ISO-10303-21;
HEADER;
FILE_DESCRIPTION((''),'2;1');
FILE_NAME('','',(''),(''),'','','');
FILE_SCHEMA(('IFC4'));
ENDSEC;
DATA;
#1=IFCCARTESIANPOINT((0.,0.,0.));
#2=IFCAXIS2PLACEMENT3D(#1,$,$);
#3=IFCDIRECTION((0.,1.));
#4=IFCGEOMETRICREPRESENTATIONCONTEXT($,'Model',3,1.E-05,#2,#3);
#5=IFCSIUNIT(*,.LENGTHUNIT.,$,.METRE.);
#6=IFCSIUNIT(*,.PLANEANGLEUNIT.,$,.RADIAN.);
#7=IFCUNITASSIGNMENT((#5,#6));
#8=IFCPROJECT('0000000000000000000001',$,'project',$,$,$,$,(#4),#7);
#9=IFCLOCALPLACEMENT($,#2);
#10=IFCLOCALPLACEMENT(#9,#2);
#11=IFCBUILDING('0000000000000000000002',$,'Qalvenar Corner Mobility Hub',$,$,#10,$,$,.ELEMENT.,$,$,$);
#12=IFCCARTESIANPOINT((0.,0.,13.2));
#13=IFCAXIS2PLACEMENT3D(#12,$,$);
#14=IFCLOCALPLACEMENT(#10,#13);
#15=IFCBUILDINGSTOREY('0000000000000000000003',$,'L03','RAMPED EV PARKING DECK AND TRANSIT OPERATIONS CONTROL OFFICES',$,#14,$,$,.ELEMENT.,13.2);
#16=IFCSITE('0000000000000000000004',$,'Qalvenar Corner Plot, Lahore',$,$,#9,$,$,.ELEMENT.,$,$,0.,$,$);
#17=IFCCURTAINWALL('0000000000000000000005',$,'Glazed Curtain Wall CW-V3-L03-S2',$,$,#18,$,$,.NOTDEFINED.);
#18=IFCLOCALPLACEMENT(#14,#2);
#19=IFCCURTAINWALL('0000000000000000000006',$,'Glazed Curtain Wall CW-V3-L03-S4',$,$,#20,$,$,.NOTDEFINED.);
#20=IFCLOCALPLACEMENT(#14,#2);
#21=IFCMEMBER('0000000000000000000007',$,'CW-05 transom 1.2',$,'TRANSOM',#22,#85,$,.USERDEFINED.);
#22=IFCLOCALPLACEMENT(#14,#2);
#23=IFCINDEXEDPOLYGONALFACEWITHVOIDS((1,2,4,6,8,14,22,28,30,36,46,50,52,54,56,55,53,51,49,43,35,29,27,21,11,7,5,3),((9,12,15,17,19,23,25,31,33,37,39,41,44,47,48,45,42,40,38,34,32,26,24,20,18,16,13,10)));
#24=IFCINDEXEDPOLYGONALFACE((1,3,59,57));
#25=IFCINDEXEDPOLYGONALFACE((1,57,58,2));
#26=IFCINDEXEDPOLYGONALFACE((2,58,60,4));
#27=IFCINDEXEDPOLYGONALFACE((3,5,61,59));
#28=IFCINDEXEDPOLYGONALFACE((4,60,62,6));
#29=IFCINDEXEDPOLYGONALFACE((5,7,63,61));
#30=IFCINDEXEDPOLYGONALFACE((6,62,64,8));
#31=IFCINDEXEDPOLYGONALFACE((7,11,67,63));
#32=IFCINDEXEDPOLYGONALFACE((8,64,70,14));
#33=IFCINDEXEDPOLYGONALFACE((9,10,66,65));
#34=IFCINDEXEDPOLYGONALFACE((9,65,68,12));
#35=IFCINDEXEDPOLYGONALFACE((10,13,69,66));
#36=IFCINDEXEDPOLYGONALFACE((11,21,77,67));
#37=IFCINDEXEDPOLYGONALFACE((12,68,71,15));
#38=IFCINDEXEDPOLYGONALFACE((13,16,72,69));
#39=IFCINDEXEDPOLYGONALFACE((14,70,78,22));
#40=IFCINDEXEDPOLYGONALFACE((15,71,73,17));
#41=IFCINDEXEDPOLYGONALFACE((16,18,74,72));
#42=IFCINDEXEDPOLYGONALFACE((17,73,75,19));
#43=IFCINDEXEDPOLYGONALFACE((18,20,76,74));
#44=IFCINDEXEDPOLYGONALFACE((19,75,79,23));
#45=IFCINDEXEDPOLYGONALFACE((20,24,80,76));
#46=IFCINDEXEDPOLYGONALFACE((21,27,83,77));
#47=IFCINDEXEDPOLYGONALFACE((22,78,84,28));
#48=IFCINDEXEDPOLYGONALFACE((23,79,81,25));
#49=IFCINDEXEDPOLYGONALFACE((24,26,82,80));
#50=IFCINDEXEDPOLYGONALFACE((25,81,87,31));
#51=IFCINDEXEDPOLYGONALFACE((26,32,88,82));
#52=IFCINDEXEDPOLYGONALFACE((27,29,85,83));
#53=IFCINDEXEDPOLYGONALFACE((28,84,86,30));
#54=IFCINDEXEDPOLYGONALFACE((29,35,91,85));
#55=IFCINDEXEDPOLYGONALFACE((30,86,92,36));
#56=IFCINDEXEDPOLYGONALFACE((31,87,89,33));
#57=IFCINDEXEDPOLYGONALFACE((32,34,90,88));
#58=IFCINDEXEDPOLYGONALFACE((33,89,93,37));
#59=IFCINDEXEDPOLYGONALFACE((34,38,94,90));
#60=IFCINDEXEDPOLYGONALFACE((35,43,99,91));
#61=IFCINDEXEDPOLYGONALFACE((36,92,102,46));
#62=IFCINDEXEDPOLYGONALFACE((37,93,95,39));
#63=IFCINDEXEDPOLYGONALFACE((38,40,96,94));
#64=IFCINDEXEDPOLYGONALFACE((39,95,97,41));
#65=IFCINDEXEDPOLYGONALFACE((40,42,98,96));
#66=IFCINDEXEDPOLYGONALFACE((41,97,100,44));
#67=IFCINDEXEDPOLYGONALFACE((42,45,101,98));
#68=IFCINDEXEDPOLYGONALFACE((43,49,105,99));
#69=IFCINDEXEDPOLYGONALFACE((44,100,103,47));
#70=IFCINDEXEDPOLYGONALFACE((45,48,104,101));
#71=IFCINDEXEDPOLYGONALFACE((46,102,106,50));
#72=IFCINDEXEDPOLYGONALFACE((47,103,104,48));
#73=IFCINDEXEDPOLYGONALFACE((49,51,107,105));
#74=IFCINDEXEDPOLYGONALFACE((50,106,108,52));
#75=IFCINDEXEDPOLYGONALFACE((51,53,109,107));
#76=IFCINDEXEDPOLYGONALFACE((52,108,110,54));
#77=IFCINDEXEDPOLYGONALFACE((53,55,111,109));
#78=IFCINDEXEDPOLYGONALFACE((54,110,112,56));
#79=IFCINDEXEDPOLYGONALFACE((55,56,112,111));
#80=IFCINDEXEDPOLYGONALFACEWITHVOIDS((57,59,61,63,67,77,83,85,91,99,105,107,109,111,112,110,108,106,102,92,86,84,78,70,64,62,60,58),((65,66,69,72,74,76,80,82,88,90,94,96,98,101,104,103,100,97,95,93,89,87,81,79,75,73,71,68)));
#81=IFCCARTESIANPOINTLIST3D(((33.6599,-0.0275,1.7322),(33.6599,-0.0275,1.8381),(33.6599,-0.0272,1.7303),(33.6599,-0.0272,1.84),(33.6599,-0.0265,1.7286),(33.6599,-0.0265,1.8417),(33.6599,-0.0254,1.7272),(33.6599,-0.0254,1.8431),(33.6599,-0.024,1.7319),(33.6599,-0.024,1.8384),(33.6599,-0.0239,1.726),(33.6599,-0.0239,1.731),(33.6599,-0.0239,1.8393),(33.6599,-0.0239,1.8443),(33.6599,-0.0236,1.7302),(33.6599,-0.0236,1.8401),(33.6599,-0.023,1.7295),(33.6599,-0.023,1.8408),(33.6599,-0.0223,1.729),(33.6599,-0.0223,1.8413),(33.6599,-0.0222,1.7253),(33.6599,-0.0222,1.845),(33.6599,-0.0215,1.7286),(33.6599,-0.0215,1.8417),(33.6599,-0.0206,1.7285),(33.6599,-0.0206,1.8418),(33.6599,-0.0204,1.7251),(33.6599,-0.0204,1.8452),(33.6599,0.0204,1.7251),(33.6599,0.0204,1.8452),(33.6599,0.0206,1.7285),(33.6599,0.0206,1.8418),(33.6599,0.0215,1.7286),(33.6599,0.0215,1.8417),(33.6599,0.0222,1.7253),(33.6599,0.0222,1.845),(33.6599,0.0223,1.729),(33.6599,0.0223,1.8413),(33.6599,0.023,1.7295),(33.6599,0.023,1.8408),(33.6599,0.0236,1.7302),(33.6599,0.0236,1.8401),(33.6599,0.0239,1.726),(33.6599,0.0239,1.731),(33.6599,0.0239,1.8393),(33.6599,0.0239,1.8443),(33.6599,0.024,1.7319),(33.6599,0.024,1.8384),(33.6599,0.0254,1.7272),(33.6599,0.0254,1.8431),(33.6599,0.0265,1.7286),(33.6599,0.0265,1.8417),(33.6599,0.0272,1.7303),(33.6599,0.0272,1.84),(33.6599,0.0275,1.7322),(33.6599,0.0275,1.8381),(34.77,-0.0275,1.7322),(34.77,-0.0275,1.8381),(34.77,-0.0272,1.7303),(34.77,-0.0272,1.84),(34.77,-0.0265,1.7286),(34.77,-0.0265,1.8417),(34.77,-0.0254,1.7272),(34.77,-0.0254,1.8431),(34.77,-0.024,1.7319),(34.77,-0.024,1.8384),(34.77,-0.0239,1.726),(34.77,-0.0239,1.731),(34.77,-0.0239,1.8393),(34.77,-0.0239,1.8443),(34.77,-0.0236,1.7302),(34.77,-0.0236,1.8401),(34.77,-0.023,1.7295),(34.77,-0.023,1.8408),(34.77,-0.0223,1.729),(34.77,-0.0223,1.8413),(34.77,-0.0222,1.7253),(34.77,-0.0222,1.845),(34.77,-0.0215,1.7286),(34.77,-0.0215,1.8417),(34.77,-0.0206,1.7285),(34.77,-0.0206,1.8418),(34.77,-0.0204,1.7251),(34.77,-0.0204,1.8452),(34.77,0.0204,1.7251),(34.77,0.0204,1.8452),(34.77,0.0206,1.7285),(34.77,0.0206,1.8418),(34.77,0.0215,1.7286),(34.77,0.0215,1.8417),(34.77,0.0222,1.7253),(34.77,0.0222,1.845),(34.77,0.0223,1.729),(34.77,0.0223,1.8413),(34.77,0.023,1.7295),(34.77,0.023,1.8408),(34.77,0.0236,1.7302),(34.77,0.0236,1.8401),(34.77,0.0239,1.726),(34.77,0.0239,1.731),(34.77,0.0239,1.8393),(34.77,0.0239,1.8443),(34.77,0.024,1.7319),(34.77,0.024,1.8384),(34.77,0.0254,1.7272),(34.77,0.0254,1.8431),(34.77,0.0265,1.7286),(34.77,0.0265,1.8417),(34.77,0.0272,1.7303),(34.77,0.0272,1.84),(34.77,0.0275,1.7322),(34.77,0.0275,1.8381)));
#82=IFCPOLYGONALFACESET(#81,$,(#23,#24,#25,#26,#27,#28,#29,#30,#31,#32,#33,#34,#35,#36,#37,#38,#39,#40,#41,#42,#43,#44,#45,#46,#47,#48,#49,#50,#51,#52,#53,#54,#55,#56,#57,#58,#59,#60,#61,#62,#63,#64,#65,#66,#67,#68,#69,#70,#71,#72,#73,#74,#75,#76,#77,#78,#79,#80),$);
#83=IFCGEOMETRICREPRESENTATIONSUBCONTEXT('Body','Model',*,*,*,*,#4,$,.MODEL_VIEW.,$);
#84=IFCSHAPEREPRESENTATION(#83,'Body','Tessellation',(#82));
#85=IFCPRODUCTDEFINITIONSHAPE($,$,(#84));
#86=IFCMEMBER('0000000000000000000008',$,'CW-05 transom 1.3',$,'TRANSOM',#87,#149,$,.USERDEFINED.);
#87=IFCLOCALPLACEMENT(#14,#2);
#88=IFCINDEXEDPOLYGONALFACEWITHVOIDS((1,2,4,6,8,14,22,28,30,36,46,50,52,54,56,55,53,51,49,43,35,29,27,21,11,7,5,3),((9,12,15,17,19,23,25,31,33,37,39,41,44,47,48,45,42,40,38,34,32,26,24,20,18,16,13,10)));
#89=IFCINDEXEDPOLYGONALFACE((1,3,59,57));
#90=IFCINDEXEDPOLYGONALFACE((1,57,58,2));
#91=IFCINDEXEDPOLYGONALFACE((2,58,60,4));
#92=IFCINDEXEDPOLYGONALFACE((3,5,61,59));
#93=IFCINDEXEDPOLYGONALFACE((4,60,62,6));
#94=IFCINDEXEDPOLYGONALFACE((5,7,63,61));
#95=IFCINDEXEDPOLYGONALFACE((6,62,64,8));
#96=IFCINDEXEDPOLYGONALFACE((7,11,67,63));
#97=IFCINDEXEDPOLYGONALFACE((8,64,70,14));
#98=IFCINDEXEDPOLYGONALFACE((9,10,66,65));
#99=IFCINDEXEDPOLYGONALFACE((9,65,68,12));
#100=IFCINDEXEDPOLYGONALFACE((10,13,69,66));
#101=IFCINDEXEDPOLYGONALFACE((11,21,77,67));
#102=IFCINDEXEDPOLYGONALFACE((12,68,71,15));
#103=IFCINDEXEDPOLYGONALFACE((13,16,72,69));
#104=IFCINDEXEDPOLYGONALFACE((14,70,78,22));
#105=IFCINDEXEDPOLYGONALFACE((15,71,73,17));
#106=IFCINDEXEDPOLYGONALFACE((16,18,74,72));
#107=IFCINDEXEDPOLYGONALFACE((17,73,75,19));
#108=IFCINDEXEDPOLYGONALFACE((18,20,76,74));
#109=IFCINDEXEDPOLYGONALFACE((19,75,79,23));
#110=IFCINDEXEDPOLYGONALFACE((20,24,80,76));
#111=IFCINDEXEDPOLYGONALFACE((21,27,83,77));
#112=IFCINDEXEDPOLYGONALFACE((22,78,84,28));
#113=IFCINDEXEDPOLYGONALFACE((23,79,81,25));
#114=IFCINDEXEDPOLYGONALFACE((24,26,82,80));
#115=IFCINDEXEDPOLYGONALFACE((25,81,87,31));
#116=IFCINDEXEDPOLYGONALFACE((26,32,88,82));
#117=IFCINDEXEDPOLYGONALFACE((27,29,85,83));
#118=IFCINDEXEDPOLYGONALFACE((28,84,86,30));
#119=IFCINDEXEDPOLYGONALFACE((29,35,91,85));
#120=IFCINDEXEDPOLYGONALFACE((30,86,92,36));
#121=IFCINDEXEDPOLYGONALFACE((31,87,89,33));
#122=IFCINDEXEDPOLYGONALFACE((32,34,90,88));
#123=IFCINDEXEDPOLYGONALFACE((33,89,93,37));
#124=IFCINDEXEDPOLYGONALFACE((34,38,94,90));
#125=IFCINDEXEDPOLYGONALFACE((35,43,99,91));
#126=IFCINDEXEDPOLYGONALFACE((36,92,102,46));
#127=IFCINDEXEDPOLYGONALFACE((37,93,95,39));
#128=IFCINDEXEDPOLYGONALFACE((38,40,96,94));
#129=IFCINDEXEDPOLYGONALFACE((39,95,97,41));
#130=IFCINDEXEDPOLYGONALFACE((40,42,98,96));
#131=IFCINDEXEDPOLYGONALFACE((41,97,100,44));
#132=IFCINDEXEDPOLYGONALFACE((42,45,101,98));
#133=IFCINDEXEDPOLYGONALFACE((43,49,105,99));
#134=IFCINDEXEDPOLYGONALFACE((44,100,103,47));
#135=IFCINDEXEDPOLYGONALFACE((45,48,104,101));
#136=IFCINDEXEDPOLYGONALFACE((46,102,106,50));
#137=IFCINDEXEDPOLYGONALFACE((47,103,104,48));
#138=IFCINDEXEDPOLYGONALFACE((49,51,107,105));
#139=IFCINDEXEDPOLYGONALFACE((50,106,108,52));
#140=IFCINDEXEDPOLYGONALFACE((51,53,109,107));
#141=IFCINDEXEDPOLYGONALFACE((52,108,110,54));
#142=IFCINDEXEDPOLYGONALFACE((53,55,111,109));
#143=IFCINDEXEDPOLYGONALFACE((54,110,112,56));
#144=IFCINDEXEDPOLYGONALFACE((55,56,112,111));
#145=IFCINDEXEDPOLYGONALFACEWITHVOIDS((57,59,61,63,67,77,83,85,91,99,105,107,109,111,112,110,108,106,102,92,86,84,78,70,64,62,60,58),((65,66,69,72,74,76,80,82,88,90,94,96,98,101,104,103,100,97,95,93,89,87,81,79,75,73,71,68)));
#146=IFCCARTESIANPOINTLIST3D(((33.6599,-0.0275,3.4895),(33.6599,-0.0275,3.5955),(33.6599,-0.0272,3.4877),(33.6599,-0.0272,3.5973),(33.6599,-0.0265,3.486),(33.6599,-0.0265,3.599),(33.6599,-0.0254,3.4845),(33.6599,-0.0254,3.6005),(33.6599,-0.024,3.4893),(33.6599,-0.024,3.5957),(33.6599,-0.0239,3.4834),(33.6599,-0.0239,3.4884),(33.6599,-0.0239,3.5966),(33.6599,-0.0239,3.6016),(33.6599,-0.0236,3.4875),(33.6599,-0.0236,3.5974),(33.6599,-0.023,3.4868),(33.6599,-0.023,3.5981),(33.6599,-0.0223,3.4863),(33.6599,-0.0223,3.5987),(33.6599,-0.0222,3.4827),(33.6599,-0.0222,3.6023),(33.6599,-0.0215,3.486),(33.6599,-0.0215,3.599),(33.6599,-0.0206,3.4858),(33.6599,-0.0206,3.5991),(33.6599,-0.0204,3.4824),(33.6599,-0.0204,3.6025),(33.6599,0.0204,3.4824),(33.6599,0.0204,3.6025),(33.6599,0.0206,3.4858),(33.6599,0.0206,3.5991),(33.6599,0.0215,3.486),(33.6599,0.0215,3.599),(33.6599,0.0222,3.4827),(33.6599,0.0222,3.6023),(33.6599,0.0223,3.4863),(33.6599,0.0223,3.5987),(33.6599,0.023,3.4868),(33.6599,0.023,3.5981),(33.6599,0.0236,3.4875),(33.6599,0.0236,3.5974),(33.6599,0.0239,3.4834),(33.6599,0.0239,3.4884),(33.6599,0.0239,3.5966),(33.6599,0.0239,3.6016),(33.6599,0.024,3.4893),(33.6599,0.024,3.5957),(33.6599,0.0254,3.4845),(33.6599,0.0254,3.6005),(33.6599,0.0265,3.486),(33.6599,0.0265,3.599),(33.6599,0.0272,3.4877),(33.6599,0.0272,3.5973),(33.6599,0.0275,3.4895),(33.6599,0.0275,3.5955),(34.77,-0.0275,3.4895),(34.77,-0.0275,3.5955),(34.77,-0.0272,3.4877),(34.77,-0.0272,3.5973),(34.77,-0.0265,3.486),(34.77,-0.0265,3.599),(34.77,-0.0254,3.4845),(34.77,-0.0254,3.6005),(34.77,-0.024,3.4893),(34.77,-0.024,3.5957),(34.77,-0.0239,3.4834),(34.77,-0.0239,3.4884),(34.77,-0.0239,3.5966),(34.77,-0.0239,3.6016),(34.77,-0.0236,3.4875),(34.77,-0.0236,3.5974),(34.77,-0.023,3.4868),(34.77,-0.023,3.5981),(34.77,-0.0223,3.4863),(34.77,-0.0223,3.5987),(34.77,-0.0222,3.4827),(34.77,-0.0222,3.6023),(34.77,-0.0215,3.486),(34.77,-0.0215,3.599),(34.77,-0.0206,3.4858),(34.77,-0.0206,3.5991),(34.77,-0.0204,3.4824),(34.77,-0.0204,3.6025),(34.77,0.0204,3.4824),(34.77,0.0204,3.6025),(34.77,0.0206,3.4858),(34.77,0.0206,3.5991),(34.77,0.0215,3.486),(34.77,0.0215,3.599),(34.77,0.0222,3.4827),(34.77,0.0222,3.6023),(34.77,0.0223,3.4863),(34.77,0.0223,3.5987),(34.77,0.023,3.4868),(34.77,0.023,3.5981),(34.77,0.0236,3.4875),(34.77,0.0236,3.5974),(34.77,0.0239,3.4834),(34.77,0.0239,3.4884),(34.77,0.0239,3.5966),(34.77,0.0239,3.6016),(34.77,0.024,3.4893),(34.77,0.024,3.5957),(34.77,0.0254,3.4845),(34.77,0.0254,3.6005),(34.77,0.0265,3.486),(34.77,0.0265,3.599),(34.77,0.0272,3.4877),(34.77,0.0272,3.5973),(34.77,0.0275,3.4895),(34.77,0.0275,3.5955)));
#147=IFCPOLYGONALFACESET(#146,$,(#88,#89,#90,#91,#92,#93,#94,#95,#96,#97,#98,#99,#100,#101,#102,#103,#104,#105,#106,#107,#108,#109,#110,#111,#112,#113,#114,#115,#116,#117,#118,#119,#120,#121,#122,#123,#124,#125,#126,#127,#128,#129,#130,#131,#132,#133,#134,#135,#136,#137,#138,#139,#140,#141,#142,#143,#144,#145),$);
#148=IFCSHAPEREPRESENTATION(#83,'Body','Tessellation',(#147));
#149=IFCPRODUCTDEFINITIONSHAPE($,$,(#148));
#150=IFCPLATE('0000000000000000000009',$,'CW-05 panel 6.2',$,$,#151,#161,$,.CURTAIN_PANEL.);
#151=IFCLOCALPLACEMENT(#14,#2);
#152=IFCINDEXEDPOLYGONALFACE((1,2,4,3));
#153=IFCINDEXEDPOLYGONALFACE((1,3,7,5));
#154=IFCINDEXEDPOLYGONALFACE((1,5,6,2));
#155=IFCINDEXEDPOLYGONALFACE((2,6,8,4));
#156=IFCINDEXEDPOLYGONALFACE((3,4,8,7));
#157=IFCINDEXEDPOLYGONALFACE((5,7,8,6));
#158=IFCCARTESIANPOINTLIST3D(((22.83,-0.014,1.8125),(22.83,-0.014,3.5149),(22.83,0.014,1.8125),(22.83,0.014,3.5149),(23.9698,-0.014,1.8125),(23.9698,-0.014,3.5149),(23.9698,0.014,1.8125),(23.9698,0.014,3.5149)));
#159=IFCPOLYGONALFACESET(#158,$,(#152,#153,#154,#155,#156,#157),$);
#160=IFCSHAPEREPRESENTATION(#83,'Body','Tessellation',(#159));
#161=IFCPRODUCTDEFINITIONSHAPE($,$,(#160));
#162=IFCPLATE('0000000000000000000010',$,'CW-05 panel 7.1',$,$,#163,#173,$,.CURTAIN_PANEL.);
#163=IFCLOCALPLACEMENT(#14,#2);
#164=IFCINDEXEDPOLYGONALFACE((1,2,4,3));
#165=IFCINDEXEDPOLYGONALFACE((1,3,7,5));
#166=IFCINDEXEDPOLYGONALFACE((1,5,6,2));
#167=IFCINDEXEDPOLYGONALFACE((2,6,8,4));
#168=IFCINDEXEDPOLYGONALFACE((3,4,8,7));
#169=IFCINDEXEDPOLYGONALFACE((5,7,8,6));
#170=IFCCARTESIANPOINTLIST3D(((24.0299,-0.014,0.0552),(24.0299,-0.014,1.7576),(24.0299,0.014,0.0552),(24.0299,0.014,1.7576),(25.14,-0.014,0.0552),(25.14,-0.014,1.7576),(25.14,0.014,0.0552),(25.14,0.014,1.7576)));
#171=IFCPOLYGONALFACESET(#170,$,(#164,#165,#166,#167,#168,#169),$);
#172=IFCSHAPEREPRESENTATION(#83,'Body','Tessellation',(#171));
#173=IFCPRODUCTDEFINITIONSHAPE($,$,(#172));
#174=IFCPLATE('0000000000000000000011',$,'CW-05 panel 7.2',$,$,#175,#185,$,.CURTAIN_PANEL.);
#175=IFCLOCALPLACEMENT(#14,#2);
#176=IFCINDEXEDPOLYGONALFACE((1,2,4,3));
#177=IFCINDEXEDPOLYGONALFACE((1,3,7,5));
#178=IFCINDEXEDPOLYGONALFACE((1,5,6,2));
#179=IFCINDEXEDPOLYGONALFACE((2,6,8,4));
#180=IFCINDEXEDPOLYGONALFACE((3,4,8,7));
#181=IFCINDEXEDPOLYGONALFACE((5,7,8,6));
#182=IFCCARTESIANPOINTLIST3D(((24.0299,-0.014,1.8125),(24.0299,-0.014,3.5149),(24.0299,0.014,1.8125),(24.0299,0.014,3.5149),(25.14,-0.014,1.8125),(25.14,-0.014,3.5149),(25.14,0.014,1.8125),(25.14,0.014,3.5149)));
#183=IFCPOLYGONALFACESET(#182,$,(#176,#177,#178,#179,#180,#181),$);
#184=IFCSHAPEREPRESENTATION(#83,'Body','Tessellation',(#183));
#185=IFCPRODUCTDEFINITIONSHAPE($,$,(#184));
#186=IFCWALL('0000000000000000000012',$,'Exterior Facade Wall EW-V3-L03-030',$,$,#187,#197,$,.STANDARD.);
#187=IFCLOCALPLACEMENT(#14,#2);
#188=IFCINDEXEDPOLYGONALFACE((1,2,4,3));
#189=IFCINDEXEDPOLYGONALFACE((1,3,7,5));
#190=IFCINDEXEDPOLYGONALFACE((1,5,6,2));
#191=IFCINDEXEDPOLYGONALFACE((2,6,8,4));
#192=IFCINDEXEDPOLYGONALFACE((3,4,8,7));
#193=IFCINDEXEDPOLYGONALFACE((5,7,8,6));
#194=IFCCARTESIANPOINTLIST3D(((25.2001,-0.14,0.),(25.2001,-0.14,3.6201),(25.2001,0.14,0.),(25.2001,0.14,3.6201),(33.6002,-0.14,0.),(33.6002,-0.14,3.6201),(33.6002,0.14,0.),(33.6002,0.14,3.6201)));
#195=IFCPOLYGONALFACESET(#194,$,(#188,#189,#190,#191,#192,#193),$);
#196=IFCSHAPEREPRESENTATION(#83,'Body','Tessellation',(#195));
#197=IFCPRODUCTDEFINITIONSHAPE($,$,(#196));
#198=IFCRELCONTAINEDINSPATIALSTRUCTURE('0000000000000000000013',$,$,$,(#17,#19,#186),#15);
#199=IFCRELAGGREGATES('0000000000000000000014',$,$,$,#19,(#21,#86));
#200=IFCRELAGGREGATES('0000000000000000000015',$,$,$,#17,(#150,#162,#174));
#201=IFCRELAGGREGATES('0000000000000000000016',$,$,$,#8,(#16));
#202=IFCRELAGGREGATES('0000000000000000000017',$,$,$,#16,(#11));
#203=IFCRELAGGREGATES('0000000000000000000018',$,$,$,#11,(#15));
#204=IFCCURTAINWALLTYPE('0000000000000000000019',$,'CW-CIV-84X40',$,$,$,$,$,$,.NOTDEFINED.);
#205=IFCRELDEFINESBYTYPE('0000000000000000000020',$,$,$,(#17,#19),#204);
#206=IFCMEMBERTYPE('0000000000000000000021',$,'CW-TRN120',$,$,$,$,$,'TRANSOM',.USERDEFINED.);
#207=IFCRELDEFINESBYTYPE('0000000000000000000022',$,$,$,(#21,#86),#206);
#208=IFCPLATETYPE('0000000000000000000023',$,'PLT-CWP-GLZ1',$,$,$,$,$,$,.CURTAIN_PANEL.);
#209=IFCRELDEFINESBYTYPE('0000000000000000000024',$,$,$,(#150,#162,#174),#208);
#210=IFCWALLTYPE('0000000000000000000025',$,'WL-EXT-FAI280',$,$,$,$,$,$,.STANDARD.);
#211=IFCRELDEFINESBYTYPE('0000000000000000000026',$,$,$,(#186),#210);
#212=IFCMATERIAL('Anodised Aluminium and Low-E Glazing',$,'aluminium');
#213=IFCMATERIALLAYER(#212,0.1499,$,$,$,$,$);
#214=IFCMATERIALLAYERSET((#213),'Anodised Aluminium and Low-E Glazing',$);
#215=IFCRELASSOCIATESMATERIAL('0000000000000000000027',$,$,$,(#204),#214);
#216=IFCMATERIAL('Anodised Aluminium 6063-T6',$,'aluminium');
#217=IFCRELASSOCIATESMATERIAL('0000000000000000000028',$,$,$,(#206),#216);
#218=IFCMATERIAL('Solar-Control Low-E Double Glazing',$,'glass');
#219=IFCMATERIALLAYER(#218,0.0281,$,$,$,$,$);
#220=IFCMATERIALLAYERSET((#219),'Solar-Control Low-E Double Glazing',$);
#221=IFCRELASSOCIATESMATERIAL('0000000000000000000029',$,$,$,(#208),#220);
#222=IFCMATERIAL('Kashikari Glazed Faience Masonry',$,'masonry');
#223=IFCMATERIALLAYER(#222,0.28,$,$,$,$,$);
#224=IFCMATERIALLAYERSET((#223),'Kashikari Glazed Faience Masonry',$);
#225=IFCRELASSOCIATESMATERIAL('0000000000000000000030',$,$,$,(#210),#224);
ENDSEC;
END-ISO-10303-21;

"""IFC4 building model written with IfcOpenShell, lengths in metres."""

from ifc_helpers import new_model, si_unit, direction, frame, frame_2d, origin, origin_2d, place, context, subcontext, project, spatial, rectangle, hollow_rectangle, extrude, material, layer, layer_set, material_profile, profile_set, type_object, element, aggregate, save


model = new_model("IFC4")

# Units and contexts
model_context = context("Model", 3, precision=1e-05, world=origin(), true_north=direction((0.0, 1.0)))
body_context = subcontext(model_context, "Body", "Model", "MODEL_VIEW")
ifc_project = project(units=[si_unit("LENGTHUNIT", "METRE"), si_unit("PLANEANGLEUNIT", "RADIAN")], contexts=[model_context])

# Site, building, storey
site_placement = place(None, origin())
site = spatial("IfcSite", under=ifc_project, at=site_placement, Name="Qalvenar Corner Plot, Lahore", CompositionType="ELEMENT", RefElevation=0.0)
building_placement = place(site_placement, origin())
building = spatial("IfcBuilding", under=site, at=building_placement, Name="Qalvenar Corner Mobility Hub", CompositionType="ELEMENT")
storey_placement = place(building_placement, frame((0.0, 0.0, 13.2)))
storey = spatial("IfcBuildingStorey", under=building, at=storey_placement, Name="L03", Description="RAMPED EV PARKING DECK AND TRANSIT OPERATIONS CONTROL OFFICES", CompositionType="ELEMENT", Elevation=13.2)

# Curtain wall
ifc_material_1 = material(Name="Anodised Aluminium and Low-E Glazing", Category="aluminium")
ifc_layer_1 = layer(ifc_material_1, 0.1499)
ifc_layer_set_1 = layer_set([ifc_layer_1], Name="Anodised Aluminium and Low-E Glazing")
curtain_wall_type = type_object("IfcCurtainWallType", Name="CW-CIV-84X40", PredefinedType="NOTDEFINED", material=ifc_layer_set_1)
curtain_wall_1_placement = place(storey_placement, origin())
curtain_wall_1 = element("IfcCurtainWall", 1, at=curtain_wall_1_placement, inside=storey, type_object=curtain_wall_type, Name="Glazed Curtain Wall CW-V3-L03-S2", PredefinedType="NOTDEFINED")
ifc_material_2 = material(Name="Anodised Aluminium 6063-T6", Category="aluminium")

# Curtain wall
curtain_wall_2_placement = place(storey_placement, origin())
curtain_wall_2 = element("IfcCurtainWall", 2, at=curtain_wall_2_placement, inside=storey, type_object=curtain_wall_type, Name="Glazed Curtain Wall CW-V3-L03-S4", PredefinedType="NOTDEFINED")

# Members
ifc_material_profile_1 = material_profile(ifc_material_2, hollow_rectangle(XDim=0.0549, YDim=0.1201, WallThickness=0.0034, InnerFilletRadius=0.0034, OuterFilletRadius=0.0071, at=origin_2d()), Name="RHS120x55x3.5")
ifc_profile_set_1 = profile_set([ifc_material_profile_1], Name="Anodised Aluminium 6063-T6")
member_type_1 = type_object("IfcMemberType", Name="CW-TRN120", ElementType="TRANSOM", PredefinedType="USERDEFINED", material=ifc_profile_set_1)
member_1_placement = place(storey_placement, frame((33.6599, 0.0, 1.7852), z_axis=(1.0, 0.0, 0.0), x_axis=(0.0, 1.0, 0.0)))
member_1 = element("IfcMember", 3, at=member_1_placement, type_object=member_type_1, Name="CW-05 transom 1.2", ObjectType="TRANSOM", PredefinedType="USERDEFINED", context=body_context, shape_type="SweptSolid", body=[
    extrude(hollow_rectangle(XDim=0.0549, YDim=0.1201, WallThickness=0.0034, InnerFilletRadius=0.0034, OuterFilletRadius=0.0071, at=origin_2d()), origin(), (0.0, 0.0, 1.0), 1.1101),
])
member_2_placement = place(storey_placement, frame((33.6599, 0.0, 3.5425), z_axis=(1.0, 0.0, 0.0), x_axis=(0.0, 1.0, 0.0)))
member_2 = element("IfcMember", 4, at=member_2_placement, type_object=member_type_1, Name="CW-05 transom 1.3", ObjectType="TRANSOM", PredefinedType="USERDEFINED", context=body_context, shape_type="SweptSolid", body=[
    extrude(hollow_rectangle(XDim=0.0549, YDim=0.1201, WallThickness=0.0034, InnerFilletRadius=0.0034, OuterFilletRadius=0.0071, at=origin_2d()), origin(), (0.0, 0.0, 1.0), 1.1101),
])
aggregate(curtain_wall_2, [member_1, member_2])

# Plates
ifc_material_3 = material(Name="Solar-Control Low-E Double Glazing", Category="glass")
ifc_layer_2 = layer(ifc_material_3, 0.0281)
ifc_layer_set_2 = layer_set([ifc_layer_2], Name="Solar-Control Low-E Double Glazing")
plate_type = type_object("IfcPlateType", Name="PLT-CWP-GLZ1", PredefinedType="CURTAIN_PANEL", material=ifc_layer_set_2)
plate_1_placement = place(storey_placement, frame((23.3999, 0.0, 1.8125), z_axis=(0.0, 0.0, 1.0), x_axis=(1.0, 0.0, 0.0)))
plate_1 = element("IfcPlate", 5, at=plate_1_placement, type_object=plate_type, Name="CW-05 panel 6.2", PredefinedType="CURTAIN_PANEL", context=body_context, shape_type="SweptSolid", body=[
    extrude(rectangle(XDim=1.1399, YDim=0.0281, at=origin_2d()), origin(), (0.0, 0.0, 1.0), 1.7024),
])
plate_2_placement = place(storey_placement, frame((24.585, 0.0, 0.0552), z_axis=(0.0, 0.0, 1.0), x_axis=(1.0, 0.0, 0.0)))
plate_2 = element("IfcPlate", 6, at=plate_2_placement, type_object=plate_type, Name="CW-05 panel 7.1", PredefinedType="CURTAIN_PANEL", context=body_context, shape_type="SweptSolid", body=[
    extrude(rectangle(XDim=1.1101, YDim=0.0281, at=origin_2d()), origin(), (0.0, 0.0, 1.0), 1.7024),
])
plate_3_placement = place(storey_placement, frame((24.585, 0.0, 1.8125), z_axis=(0.0, 0.0, 1.0), x_axis=(1.0, 0.0, 0.0)))
plate_3 = element("IfcPlate", 7, at=plate_3_placement, type_object=plate_type, Name="CW-05 panel 7.2", PredefinedType="CURTAIN_PANEL", context=body_context, shape_type="SweptSolid", body=[
    extrude(rectangle(XDim=1.1101, YDim=0.0281, at=origin_2d()), origin(), (0.0, 0.0, 1.0), 1.7024),
])
aggregate(curtain_wall_1, [plate_1, plate_2, plate_3])

# Wall
ifc_material_4 = material(Name="Kashikari Glazed Faience Masonry", Category="masonry")
ifc_layer_3 = layer(ifc_material_4, 0.28)
ifc_layer_set_3 = layer_set([ifc_layer_3], Name="Kashikari Glazed Faience Masonry")
wall_type_1 = type_object("IfcWallType", Name="WL-EXT-FAI280", PredefinedType="STANDARD", material=ifc_layer_set_3)
wall_1_placement = place(storey_placement, frame((25.2, 0.0, 0.0), z_axis=(0.0, 0.0, 1.0), x_axis=(1.0, 0.0, 0.0)))
element("IfcWall", 8, at=wall_1_placement, inside=storey, type_object=wall_type_1, Name="Exterior Facade Wall EW-V3-L03-030", PredefinedType="STANDARD", context=body_context, shape_type="SweptSolid", body=[
    extrude(rectangle(XDim=8.4001, YDim=0.28, at=frame_2d((4.2002, 0.0))), origin(), (0.0, 0.0, 1.0), 3.6201),
])

save(model, "model.ifc")
